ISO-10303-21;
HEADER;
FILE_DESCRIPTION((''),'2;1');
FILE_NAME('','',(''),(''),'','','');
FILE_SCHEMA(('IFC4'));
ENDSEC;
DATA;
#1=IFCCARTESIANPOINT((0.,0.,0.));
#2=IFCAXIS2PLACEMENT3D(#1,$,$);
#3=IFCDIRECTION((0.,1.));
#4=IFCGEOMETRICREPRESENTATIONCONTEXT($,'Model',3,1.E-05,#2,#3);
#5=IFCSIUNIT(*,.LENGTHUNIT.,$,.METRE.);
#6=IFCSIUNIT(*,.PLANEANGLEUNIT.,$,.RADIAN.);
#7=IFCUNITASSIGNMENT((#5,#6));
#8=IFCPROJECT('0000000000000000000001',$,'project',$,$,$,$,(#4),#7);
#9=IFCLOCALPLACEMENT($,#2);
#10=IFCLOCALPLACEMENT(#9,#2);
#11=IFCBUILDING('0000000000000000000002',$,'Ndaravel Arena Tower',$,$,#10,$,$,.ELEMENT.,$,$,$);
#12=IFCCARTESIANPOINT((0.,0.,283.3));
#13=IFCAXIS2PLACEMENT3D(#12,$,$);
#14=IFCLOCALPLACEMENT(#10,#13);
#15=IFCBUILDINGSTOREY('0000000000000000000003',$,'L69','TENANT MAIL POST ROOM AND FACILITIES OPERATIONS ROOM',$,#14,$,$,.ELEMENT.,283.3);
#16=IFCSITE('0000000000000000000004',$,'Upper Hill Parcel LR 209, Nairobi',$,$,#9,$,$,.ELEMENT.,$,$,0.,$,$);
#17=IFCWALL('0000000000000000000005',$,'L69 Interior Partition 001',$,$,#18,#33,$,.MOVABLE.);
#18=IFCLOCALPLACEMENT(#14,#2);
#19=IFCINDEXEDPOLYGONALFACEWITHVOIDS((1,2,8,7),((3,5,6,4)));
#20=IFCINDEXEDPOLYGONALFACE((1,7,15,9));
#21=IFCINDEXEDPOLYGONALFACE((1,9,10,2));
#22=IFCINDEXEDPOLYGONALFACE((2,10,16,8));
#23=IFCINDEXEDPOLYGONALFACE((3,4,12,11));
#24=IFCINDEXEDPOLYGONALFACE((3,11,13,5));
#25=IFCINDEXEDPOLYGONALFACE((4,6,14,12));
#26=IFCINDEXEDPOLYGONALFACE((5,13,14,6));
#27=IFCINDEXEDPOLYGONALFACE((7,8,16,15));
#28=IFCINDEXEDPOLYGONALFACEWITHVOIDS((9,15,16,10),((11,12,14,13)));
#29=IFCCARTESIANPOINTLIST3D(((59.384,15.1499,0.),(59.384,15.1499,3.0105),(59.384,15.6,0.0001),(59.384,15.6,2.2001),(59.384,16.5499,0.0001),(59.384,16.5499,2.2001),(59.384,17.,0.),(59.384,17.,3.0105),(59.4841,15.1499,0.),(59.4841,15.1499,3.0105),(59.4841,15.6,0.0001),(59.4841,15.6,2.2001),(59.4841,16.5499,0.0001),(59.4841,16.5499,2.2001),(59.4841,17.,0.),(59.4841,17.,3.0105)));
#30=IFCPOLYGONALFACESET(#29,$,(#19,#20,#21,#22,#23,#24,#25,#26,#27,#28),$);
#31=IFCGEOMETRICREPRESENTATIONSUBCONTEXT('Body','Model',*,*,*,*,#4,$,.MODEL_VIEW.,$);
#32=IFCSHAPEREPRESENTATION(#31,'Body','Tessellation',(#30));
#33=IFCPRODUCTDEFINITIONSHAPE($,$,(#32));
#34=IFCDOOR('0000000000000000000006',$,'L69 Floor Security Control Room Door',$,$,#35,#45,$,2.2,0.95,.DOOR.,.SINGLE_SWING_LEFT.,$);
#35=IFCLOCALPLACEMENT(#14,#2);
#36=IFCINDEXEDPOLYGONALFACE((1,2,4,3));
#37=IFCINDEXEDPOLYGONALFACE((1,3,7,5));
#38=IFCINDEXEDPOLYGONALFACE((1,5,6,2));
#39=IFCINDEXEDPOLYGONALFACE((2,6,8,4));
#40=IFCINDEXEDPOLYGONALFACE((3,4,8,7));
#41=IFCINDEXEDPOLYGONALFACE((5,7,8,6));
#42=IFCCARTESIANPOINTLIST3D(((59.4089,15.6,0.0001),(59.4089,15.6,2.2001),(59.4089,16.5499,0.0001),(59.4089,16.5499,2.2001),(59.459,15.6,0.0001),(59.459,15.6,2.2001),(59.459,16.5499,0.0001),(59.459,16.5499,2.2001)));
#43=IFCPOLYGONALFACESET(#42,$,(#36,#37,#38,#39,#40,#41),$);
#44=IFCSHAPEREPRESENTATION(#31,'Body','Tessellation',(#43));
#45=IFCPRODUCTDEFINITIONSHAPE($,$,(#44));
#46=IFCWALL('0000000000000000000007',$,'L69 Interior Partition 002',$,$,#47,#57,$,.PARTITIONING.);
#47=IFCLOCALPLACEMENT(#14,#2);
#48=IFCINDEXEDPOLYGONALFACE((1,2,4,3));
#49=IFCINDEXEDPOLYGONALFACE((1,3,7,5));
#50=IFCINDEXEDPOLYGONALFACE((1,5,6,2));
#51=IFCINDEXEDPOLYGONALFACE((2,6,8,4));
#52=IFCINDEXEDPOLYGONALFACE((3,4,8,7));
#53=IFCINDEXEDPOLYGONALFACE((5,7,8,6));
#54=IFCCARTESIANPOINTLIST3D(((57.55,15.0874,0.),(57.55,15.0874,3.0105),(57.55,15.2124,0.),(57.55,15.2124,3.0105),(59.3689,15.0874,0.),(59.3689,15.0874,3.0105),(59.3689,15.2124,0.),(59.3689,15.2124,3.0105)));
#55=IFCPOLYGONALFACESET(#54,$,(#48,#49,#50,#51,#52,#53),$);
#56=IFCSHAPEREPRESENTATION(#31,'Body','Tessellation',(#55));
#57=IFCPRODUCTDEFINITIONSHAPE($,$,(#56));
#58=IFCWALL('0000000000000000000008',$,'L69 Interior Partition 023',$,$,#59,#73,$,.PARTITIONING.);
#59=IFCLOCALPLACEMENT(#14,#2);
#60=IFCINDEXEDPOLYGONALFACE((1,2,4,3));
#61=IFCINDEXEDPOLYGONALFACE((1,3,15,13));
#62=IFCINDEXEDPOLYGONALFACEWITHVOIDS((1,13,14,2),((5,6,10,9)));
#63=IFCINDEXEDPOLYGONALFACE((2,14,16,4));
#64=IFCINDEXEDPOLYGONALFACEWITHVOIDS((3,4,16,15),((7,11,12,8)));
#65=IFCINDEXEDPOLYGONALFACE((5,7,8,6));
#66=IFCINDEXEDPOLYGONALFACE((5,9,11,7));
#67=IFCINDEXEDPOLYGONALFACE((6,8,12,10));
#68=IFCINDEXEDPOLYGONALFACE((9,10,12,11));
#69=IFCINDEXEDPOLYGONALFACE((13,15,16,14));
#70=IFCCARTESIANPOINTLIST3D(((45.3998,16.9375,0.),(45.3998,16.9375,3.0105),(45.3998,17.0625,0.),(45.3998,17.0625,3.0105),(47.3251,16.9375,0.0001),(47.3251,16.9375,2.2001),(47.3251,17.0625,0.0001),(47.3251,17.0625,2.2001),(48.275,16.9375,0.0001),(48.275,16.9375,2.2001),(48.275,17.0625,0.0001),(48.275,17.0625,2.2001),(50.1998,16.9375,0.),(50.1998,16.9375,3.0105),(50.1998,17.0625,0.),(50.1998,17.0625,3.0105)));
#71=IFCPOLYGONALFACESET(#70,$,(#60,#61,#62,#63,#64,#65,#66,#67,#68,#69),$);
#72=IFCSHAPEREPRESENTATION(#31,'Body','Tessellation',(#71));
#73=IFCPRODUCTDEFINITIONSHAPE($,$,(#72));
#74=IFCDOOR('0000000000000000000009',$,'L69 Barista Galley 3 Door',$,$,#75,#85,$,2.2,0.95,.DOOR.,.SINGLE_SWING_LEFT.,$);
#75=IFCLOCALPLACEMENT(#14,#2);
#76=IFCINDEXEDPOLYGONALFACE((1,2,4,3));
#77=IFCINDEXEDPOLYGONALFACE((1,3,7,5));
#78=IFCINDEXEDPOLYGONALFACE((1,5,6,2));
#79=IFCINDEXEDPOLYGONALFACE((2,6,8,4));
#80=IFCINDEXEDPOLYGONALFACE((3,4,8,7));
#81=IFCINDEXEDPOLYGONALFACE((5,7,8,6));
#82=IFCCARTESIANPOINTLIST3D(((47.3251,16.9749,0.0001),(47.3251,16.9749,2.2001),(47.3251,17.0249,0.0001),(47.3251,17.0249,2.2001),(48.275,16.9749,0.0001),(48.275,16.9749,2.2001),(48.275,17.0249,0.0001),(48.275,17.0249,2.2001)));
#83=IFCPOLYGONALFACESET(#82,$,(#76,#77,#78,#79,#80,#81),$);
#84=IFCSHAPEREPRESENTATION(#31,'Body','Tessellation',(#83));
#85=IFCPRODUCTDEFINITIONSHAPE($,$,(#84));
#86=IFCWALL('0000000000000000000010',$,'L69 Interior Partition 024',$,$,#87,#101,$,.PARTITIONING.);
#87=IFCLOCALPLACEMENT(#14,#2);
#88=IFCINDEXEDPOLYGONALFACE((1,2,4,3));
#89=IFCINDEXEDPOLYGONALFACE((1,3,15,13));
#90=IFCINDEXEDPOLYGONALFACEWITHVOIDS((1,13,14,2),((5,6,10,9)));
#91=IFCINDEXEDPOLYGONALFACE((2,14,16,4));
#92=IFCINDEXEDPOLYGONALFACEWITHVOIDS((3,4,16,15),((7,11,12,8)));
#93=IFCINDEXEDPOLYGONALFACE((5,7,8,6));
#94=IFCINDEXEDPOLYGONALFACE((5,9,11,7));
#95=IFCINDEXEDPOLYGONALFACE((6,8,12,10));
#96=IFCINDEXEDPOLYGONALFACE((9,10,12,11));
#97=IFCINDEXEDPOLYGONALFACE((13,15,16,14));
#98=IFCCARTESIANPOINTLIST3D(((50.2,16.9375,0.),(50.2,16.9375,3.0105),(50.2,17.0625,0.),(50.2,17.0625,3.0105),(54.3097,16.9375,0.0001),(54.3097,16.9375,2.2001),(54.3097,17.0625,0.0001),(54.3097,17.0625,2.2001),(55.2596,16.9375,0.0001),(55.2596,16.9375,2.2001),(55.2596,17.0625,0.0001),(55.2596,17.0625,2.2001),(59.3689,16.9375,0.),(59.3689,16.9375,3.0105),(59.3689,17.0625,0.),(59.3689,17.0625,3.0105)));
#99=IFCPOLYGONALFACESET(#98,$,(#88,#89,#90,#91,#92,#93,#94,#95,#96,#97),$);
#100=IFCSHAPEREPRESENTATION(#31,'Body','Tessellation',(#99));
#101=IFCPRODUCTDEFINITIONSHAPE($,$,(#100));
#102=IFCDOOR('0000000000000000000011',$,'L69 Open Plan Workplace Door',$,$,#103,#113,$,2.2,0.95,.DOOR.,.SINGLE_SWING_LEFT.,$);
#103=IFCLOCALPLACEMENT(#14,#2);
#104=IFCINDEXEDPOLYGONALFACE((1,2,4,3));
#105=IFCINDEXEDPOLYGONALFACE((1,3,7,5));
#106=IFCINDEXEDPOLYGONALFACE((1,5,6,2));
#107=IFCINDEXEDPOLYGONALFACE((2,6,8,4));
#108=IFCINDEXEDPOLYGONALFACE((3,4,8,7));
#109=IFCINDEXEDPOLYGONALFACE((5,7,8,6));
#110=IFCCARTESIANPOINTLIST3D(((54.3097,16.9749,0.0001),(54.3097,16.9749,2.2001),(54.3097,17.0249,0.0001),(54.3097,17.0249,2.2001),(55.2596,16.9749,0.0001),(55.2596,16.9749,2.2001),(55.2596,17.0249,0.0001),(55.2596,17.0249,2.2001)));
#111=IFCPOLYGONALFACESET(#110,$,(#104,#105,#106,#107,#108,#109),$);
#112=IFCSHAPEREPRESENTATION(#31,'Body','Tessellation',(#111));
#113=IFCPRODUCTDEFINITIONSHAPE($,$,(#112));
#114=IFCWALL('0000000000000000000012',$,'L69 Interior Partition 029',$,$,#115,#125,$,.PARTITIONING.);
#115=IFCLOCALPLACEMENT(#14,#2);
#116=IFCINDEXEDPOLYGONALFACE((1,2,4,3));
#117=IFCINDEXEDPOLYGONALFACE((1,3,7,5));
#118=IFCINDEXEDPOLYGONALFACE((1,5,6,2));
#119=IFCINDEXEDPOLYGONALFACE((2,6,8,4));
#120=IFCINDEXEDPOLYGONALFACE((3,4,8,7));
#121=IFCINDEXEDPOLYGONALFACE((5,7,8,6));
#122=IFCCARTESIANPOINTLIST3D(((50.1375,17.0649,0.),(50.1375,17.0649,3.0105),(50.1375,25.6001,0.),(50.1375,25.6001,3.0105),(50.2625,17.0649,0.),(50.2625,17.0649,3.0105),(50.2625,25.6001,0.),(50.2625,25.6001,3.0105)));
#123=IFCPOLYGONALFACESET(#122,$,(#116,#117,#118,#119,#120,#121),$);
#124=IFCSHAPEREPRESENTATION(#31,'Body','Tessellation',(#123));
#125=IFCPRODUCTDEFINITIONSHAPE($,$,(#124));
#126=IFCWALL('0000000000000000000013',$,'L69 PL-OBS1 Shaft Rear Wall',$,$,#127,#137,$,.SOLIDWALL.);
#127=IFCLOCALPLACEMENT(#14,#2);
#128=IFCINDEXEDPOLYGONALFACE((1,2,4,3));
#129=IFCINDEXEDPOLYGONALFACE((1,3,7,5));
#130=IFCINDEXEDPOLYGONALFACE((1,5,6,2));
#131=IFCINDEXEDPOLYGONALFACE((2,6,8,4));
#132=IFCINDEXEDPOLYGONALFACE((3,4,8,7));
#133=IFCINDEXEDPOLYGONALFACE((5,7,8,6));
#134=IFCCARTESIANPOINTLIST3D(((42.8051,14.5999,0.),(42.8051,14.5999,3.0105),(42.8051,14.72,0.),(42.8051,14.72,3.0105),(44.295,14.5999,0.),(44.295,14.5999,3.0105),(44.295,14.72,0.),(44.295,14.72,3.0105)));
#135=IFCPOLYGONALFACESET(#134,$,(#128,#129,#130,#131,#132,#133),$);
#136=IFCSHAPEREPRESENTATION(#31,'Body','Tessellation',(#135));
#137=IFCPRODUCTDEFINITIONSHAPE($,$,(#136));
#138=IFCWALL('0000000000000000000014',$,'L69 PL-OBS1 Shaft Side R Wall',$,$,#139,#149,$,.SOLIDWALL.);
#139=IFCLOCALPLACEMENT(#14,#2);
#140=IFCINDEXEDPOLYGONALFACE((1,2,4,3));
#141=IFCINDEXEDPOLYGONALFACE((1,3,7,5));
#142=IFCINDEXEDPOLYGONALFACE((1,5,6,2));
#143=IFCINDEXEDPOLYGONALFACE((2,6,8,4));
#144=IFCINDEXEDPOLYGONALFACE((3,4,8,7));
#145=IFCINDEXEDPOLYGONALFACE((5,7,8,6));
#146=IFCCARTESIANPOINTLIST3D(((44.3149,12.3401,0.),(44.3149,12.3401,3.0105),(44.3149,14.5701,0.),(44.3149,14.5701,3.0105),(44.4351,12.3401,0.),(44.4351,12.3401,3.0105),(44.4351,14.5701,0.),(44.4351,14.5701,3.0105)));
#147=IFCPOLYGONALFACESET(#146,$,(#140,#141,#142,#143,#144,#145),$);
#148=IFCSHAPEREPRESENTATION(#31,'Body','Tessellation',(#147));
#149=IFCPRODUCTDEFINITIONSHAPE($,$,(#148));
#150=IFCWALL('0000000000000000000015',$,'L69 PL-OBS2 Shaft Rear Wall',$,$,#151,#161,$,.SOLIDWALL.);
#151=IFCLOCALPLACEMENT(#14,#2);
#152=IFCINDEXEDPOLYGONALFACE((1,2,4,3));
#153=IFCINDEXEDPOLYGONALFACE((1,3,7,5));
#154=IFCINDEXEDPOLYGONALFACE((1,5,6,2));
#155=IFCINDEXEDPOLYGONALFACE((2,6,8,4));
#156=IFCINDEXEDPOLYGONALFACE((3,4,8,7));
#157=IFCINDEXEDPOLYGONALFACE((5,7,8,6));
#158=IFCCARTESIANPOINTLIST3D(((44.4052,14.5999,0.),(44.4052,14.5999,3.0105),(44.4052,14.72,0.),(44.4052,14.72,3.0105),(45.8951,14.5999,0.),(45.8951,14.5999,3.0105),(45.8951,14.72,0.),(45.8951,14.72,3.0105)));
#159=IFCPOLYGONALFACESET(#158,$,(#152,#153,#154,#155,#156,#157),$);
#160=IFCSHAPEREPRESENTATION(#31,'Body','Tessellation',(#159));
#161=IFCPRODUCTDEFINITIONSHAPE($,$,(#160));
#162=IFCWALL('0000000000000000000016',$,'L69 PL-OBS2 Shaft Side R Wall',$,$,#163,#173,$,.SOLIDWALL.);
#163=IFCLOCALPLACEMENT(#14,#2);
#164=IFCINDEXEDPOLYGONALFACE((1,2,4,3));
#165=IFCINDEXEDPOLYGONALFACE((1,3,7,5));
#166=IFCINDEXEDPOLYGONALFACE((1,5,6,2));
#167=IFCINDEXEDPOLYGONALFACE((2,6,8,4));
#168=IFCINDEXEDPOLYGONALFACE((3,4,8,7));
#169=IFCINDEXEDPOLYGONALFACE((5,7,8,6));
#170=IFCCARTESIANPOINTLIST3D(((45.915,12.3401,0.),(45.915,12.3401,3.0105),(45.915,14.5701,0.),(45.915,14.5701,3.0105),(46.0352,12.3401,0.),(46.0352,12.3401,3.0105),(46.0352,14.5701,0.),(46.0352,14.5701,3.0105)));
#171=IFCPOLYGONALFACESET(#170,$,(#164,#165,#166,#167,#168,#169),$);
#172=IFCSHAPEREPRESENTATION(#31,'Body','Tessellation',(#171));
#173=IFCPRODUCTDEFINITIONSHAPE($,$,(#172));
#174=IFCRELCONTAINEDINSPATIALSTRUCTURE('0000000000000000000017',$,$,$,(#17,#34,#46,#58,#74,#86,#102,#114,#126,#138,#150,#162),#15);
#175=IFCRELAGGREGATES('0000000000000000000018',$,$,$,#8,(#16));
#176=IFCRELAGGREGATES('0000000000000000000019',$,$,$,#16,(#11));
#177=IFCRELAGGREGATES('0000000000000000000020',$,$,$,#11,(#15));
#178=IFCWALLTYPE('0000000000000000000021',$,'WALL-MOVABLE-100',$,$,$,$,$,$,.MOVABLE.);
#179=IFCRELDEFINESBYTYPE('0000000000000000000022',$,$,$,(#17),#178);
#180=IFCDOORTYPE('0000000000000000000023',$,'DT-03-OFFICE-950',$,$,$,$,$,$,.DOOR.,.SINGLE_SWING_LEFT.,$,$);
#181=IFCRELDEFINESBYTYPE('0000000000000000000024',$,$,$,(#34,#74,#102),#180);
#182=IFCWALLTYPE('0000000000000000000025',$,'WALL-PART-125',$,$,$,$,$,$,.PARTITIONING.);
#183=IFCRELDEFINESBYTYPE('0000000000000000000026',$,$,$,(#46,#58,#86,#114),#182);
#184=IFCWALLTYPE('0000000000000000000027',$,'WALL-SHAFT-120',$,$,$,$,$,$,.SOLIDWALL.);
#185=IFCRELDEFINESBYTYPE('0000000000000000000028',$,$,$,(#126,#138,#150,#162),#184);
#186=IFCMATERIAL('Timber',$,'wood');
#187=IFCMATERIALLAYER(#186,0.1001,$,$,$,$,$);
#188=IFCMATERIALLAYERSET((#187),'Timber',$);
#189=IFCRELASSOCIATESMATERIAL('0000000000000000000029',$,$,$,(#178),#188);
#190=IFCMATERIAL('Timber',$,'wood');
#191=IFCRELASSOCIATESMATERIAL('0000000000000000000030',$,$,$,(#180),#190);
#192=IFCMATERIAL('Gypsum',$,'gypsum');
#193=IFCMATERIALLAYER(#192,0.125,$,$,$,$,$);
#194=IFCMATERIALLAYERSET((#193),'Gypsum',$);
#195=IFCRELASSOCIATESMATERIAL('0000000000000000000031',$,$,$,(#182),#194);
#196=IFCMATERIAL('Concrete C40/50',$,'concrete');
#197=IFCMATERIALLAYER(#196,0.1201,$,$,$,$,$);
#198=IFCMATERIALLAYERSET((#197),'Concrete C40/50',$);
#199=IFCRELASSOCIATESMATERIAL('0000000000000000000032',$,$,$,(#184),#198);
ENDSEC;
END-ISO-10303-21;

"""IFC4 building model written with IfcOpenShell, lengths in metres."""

from ifc_helpers import new_model, si_unit, direction, frame, frame_2d, origin, place, context, subcontext, project, spatial, rectangle, extrude, material, layer, layer_set, type_object, element, fill, save


model = new_model("IFC4")

# Units and contexts
model_context = context("Model", 3, precision=1e-05, world=origin(), true_north=direction((0.0, 1.0)))
body_context = subcontext(model_context, "Body", "Model", "MODEL_VIEW")
ifc_project = project(units=[si_unit("LENGTHUNIT", "METRE"), si_unit("PLANEANGLEUNIT", "RADIAN")], contexts=[model_context])

# Site, building, storey
site_placement = place(None, origin())
site = spatial("IfcSite", under=ifc_project, at=site_placement, Name="Upper Hill Parcel LR 209, Nairobi", CompositionType="ELEMENT", RefElevation=0.0)
building_placement = place(site_placement, origin())
building = spatial("IfcBuilding", under=site, at=building_placement, Name="Ndaravel Arena Tower", CompositionType="ELEMENT")
storey_placement = place(building_placement, frame((0.0, 0.0, 283.3)))
storey = spatial("IfcBuildingStorey", under=building, at=storey_placement, Name="L69", Description="TENANT MAIL POST ROOM AND FACILITIES OPERATIONS ROOM", CompositionType="ELEMENT", Elevation=283.3)

# Wall, opening, door
ifc_material_1 = material(Name="Timber", Category="wood")
ifc_layer_1 = layer(ifc_material_1, 0.1001)
ifc_layer_set_1 = layer_set([ifc_layer_1], Name="Timber")
wall_type_1 = type_object("IfcWallType", Name="WALL-MOVABLE-100", PredefinedType="MOVABLE", material=ifc_layer_set_1)
wall_1_placement = place(storey_placement, frame((59.4341, 17.0, 0.0), z_axis=(0.0, 0.0, 1.0), x_axis=(0.0, -1.0, 0.0)))
wall_1 = element("IfcWall", 1, at=wall_1_placement, inside=storey, type_object=wall_type_1, Name="L69 Interior Partition 001", PredefinedType="MOVABLE", context=body_context, shape_type="SweptSolid", body=[
    extrude(rectangle(XDim=1.8501, YDim=0.1001, at=frame_2d((0.925, 0.0))), origin(), (0.0, 0.0, 1.0), 3.0105),
])
opening_1_placement = place(wall_1_placement, frame((0.45, 0.0, 0.0)))
opening_1 = element("IfcOpeningElement", 2, at=opening_1_placement, cuts=wall_1, PredefinedType="OPENING", context=body_context, shape_type="SweptSolid", body=[
    extrude(rectangle(XDim=0.95, YDim=2.2, at=frame_2d((0.4751, 1.1001))), frame((0.0, 0.05, 0.0), z_axis=(0.0, -1.0, 0.0), x_axis=(1.0, 0.0, 0.0)), (0.0, 0.0, 1.0), 0.1001),
])
ifc_material_2 = material(Name="Timber", Category="wood")
door_type_1 = type_object("IfcDoorType", Name="DT-03-OFFICE-950", OperationType="SINGLE_SWING_LEFT", PredefinedType="DOOR", material=ifc_material_2)
door_1_placement = place(opening_1_placement, origin())
door_1 = element("IfcDoor", 3, at=door_1_placement, inside=storey, type_object=door_type_1, Name="L69 Floor Security Control Room Door", OperationType="SINGLE_SWING_LEFT", OverallHeight=2.2, OverallWidth=0.95, PredefinedType="DOOR", context=body_context, shape_type="SweptSolid", body=[
    extrude(rectangle(XDim=0.95, YDim=2.2, at=frame_2d((0.4751, 1.1001))), frame((0.0, 0.0249, 0.0), z_axis=(0.0, -1.0, 0.0), x_axis=(1.0, 0.0, 0.0)), (0.0, 0.0, 1.0), 0.05),
])
fill(opening_1, door_1)

# Wall
ifc_material_3 = material(Name="Gypsum", Category="gypsum")
ifc_layer_2 = layer(ifc_material_3, 0.125)
ifc_layer_set_2 = layer_set([ifc_layer_2], Name="Gypsum")
wall_type_2 = type_object("IfcWallType", Name="WALL-PART-125", PredefinedType="PARTITIONING", material=ifc_layer_set_2)
wall_2_placement = place(storey_placement, frame((59.3689, 15.1499, 0.0), z_axis=(0.0, 0.0, 1.0), x_axis=(-1.0, 0.0, 0.0)))
element("IfcWall", 4, at=wall_2_placement, inside=storey, type_object=wall_type_2, Name="L69 Interior Partition 002", PredefinedType="PARTITIONING", context=body_context, shape_type="SweptSolid", body=[
    extrude(rectangle(XDim=1.8188, YDim=0.125, at=frame_2d((0.9094, 0.0))), origin(), (0.0, 0.0, 1.0), 3.0105),
])

# Walls, openings, doors
wall_3_placement = place(storey_placement, frame((45.3999, 17.0, 0.0), z_axis=(0.0, 0.0, 1.0), x_axis=(1.0, 0.0, 0.0)))
wall_3 = element("IfcWall", 5, at=wall_3_placement, inside=storey, type_object=wall_type_2, Name="L69 Interior Partition 023", PredefinedType="PARTITIONING", context=body_context, shape_type="SweptSolid", body=[
    extrude(rectangle(XDim=4.8, YDim=0.125, at=frame_2d((2.3999, 0.0))), origin(), (0.0, 0.0, 1.0), 3.0105),
])
opening_2_placement = place(wall_3_placement, frame((1.925, 0.0, 0.0)))
opening_2 = element("IfcOpeningElement", 6, at=opening_2_placement, cuts=wall_3, PredefinedType="OPENING", context=body_context, shape_type="SweptSolid", body=[
    extrude(rectangle(XDim=0.95, YDim=2.2, at=frame_2d((0.4751, 1.1001))), frame((0.0, 0.0625, 0.0), z_axis=(0.0, -1.0, 0.0), x_axis=(1.0, 0.0, 0.0)), (0.0, 0.0, 1.0), 0.125),
])
door_2_placement = place(opening_2_placement, origin())
door_2 = element("IfcDoor", 7, at=door_2_placement, inside=storey, type_object=door_type_1, Name="L69 Barista Galley 3 Door", OperationType="SINGLE_SWING_LEFT", OverallHeight=2.2, OverallWidth=0.95, PredefinedType="DOOR", context=body_context, shape_type="SweptSolid", body=[
    extrude(rectangle(XDim=0.95, YDim=2.2, at=frame_2d((0.4751, 1.1001))), frame((0.0, 0.0249, 0.0), z_axis=(0.0, -1.0, 0.0), x_axis=(1.0, 0.0, 0.0)), (0.0, 0.0, 1.0), 0.05),
])
fill(opening_2, door_2)
wall_4_placement = place(storey_placement, frame((50.2, 17.0, 0.0), z_axis=(0.0, 0.0, 1.0), x_axis=(1.0, 0.0, 0.0)))
wall_4 = element("IfcWall", 8, at=wall_4_placement, inside=storey, type_object=wall_type_2, Name="L69 Interior Partition 024", PredefinedType="PARTITIONING", context=body_context, shape_type="SweptSolid", body=[
    extrude(rectangle(XDim=9.1689, YDim=0.125, at=frame_2d((4.5845, 0.0))), origin(), (0.0, 0.0, 1.0), 3.0105),
])
opening_3_placement = place(wall_4_placement, frame((4.1096, 0.0, 0.0)))
opening_3 = element("IfcOpeningElement", 9, at=opening_3_placement, cuts=wall_4, PredefinedType="OPENING", context=body_context, shape_type="SweptSolid", body=[
    extrude(rectangle(XDim=0.95, YDim=2.2, at=frame_2d((0.4751, 1.1001))), frame((0.0, 0.0625, 0.0), z_axis=(0.0, -1.0, 0.0), x_axis=(1.0, 0.0, 0.0)), (0.0, 0.0, 1.0), 0.125),
])
door_3_placement = place(opening_3_placement, origin())
door_3 = element("IfcDoor", 10, at=door_3_placement, inside=storey, type_object=door_type_1, Name="L69 Open Plan Workplace Door", OperationType="SINGLE_SWING_LEFT", OverallHeight=2.2, OverallWidth=0.95, PredefinedType="DOOR", context=body_context, shape_type="SweptSolid", body=[
    extrude(rectangle(XDim=0.95, YDim=2.2, at=frame_2d((0.4751, 1.1001))), frame((0.0, 0.0249, 0.0), z_axis=(0.0, -1.0, 0.0), x_axis=(1.0, 0.0, 0.0)), (0.0, 0.0, 1.0), 0.05),
])
fill(opening_3, door_3)

# Walls
wall_5_placement = place(storey_placement, frame((50.2, 17.0649, 0.0), z_axis=(0.0, 0.0, 1.0), x_axis=(0.0, 1.0, 0.0)))
element("IfcWall", 11, at=wall_5_placement, inside=storey, type_object=wall_type_2, Name="L69 Interior Partition 029", PredefinedType="PARTITIONING", context=body_context, shape_type="SweptSolid", body=[
    extrude(rectangle(XDim=8.5352, YDim=0.125, at=frame_2d((4.2676, 0.0))), origin(), (0.0, 0.0, 1.0), 3.0105),
])
ifc_material_4 = material(Name="Concrete C40/50", Category="concrete")
ifc_layer_3 = layer(ifc_material_4, 0.1201)
ifc_layer_set_3 = layer_set([ifc_layer_3], Name="Concrete C40/50")
wall_type_3 = type_object("IfcWallType", Name="WALL-SHAFT-120", PredefinedType="SOLIDWALL", material=ifc_layer_set_3)
wall_6_placement = place(storey_placement, frame((42.8049, 14.6599, 0.0), z_axis=(0.0, 0.0, 1.0), x_axis=(1.0, 0.0, 0.0)))
element("IfcWall", 12, at=wall_6_placement, inside=storey, type_object=wall_type_3, Name="L69 PL-OBS1 Shaft Rear Wall", PredefinedType="SOLIDWALL", context=body_context, shape_type="SweptSolid", body=[
    extrude(rectangle(XDim=1.49, YDim=0.1201, at=frame_2d((0.7451, 0.0))), origin(), (0.0, 0.0, 1.0), 3.0105),
])
wall_7_placement = place(storey_placement, frame((44.375, 12.3401, 0.0), z_axis=(0.0, 0.0, 1.0), x_axis=(0.0, 1.0, 0.0)))
element("IfcWall", 13, at=wall_7_placement, inside=storey, type_object=wall_type_3, Name="L69 PL-OBS1 Shaft Side R Wall", PredefinedType="SOLIDWALL", context=body_context, shape_type="SweptSolid", body=[
    extrude(rectangle(XDim=2.23, YDim=0.1201, at=frame_2d((1.115, 0.0))), origin(), (0.0, 0.0, 1.0), 3.0105),
])
wall_8_placement = place(storey_placement, frame((44.405, 14.6599, 0.0), z_axis=(0.0, 0.0, 1.0), x_axis=(1.0, 0.0, 0.0)))
element("IfcWall", 14, at=wall_8_placement, inside=storey, type_object=wall_type_3, Name="L69 PL-OBS2 Shaft Rear Wall", PredefinedType="SOLIDWALL", context=body_context, shape_type="SweptSolid", body=[
    extrude(rectangle(XDim=1.49, YDim=0.1201, at=frame_2d((0.7451, 0.0))), origin(), (0.0, 0.0, 1.0), 3.0105),
])
wall_9_placement = place(storey_placement, frame((45.9751, 12.3401, 0.0), z_axis=(0.0, 0.0, 1.0), x_axis=(0.0, 1.0, 0.0)))
element("IfcWall", 15, at=wall_9_placement, inside=storey, type_object=wall_type_3, Name="L69 PL-OBS2 Shaft Side R Wall", PredefinedType="SOLIDWALL", context=body_context, shape_type="SweptSolid", body=[
    extrude(rectangle(XDim=2.23, YDim=0.1201, at=frame_2d((1.115, 0.0))), origin(), (0.0, 0.0, 1.0), 3.0105),
])

save(model, "model.ifc")
